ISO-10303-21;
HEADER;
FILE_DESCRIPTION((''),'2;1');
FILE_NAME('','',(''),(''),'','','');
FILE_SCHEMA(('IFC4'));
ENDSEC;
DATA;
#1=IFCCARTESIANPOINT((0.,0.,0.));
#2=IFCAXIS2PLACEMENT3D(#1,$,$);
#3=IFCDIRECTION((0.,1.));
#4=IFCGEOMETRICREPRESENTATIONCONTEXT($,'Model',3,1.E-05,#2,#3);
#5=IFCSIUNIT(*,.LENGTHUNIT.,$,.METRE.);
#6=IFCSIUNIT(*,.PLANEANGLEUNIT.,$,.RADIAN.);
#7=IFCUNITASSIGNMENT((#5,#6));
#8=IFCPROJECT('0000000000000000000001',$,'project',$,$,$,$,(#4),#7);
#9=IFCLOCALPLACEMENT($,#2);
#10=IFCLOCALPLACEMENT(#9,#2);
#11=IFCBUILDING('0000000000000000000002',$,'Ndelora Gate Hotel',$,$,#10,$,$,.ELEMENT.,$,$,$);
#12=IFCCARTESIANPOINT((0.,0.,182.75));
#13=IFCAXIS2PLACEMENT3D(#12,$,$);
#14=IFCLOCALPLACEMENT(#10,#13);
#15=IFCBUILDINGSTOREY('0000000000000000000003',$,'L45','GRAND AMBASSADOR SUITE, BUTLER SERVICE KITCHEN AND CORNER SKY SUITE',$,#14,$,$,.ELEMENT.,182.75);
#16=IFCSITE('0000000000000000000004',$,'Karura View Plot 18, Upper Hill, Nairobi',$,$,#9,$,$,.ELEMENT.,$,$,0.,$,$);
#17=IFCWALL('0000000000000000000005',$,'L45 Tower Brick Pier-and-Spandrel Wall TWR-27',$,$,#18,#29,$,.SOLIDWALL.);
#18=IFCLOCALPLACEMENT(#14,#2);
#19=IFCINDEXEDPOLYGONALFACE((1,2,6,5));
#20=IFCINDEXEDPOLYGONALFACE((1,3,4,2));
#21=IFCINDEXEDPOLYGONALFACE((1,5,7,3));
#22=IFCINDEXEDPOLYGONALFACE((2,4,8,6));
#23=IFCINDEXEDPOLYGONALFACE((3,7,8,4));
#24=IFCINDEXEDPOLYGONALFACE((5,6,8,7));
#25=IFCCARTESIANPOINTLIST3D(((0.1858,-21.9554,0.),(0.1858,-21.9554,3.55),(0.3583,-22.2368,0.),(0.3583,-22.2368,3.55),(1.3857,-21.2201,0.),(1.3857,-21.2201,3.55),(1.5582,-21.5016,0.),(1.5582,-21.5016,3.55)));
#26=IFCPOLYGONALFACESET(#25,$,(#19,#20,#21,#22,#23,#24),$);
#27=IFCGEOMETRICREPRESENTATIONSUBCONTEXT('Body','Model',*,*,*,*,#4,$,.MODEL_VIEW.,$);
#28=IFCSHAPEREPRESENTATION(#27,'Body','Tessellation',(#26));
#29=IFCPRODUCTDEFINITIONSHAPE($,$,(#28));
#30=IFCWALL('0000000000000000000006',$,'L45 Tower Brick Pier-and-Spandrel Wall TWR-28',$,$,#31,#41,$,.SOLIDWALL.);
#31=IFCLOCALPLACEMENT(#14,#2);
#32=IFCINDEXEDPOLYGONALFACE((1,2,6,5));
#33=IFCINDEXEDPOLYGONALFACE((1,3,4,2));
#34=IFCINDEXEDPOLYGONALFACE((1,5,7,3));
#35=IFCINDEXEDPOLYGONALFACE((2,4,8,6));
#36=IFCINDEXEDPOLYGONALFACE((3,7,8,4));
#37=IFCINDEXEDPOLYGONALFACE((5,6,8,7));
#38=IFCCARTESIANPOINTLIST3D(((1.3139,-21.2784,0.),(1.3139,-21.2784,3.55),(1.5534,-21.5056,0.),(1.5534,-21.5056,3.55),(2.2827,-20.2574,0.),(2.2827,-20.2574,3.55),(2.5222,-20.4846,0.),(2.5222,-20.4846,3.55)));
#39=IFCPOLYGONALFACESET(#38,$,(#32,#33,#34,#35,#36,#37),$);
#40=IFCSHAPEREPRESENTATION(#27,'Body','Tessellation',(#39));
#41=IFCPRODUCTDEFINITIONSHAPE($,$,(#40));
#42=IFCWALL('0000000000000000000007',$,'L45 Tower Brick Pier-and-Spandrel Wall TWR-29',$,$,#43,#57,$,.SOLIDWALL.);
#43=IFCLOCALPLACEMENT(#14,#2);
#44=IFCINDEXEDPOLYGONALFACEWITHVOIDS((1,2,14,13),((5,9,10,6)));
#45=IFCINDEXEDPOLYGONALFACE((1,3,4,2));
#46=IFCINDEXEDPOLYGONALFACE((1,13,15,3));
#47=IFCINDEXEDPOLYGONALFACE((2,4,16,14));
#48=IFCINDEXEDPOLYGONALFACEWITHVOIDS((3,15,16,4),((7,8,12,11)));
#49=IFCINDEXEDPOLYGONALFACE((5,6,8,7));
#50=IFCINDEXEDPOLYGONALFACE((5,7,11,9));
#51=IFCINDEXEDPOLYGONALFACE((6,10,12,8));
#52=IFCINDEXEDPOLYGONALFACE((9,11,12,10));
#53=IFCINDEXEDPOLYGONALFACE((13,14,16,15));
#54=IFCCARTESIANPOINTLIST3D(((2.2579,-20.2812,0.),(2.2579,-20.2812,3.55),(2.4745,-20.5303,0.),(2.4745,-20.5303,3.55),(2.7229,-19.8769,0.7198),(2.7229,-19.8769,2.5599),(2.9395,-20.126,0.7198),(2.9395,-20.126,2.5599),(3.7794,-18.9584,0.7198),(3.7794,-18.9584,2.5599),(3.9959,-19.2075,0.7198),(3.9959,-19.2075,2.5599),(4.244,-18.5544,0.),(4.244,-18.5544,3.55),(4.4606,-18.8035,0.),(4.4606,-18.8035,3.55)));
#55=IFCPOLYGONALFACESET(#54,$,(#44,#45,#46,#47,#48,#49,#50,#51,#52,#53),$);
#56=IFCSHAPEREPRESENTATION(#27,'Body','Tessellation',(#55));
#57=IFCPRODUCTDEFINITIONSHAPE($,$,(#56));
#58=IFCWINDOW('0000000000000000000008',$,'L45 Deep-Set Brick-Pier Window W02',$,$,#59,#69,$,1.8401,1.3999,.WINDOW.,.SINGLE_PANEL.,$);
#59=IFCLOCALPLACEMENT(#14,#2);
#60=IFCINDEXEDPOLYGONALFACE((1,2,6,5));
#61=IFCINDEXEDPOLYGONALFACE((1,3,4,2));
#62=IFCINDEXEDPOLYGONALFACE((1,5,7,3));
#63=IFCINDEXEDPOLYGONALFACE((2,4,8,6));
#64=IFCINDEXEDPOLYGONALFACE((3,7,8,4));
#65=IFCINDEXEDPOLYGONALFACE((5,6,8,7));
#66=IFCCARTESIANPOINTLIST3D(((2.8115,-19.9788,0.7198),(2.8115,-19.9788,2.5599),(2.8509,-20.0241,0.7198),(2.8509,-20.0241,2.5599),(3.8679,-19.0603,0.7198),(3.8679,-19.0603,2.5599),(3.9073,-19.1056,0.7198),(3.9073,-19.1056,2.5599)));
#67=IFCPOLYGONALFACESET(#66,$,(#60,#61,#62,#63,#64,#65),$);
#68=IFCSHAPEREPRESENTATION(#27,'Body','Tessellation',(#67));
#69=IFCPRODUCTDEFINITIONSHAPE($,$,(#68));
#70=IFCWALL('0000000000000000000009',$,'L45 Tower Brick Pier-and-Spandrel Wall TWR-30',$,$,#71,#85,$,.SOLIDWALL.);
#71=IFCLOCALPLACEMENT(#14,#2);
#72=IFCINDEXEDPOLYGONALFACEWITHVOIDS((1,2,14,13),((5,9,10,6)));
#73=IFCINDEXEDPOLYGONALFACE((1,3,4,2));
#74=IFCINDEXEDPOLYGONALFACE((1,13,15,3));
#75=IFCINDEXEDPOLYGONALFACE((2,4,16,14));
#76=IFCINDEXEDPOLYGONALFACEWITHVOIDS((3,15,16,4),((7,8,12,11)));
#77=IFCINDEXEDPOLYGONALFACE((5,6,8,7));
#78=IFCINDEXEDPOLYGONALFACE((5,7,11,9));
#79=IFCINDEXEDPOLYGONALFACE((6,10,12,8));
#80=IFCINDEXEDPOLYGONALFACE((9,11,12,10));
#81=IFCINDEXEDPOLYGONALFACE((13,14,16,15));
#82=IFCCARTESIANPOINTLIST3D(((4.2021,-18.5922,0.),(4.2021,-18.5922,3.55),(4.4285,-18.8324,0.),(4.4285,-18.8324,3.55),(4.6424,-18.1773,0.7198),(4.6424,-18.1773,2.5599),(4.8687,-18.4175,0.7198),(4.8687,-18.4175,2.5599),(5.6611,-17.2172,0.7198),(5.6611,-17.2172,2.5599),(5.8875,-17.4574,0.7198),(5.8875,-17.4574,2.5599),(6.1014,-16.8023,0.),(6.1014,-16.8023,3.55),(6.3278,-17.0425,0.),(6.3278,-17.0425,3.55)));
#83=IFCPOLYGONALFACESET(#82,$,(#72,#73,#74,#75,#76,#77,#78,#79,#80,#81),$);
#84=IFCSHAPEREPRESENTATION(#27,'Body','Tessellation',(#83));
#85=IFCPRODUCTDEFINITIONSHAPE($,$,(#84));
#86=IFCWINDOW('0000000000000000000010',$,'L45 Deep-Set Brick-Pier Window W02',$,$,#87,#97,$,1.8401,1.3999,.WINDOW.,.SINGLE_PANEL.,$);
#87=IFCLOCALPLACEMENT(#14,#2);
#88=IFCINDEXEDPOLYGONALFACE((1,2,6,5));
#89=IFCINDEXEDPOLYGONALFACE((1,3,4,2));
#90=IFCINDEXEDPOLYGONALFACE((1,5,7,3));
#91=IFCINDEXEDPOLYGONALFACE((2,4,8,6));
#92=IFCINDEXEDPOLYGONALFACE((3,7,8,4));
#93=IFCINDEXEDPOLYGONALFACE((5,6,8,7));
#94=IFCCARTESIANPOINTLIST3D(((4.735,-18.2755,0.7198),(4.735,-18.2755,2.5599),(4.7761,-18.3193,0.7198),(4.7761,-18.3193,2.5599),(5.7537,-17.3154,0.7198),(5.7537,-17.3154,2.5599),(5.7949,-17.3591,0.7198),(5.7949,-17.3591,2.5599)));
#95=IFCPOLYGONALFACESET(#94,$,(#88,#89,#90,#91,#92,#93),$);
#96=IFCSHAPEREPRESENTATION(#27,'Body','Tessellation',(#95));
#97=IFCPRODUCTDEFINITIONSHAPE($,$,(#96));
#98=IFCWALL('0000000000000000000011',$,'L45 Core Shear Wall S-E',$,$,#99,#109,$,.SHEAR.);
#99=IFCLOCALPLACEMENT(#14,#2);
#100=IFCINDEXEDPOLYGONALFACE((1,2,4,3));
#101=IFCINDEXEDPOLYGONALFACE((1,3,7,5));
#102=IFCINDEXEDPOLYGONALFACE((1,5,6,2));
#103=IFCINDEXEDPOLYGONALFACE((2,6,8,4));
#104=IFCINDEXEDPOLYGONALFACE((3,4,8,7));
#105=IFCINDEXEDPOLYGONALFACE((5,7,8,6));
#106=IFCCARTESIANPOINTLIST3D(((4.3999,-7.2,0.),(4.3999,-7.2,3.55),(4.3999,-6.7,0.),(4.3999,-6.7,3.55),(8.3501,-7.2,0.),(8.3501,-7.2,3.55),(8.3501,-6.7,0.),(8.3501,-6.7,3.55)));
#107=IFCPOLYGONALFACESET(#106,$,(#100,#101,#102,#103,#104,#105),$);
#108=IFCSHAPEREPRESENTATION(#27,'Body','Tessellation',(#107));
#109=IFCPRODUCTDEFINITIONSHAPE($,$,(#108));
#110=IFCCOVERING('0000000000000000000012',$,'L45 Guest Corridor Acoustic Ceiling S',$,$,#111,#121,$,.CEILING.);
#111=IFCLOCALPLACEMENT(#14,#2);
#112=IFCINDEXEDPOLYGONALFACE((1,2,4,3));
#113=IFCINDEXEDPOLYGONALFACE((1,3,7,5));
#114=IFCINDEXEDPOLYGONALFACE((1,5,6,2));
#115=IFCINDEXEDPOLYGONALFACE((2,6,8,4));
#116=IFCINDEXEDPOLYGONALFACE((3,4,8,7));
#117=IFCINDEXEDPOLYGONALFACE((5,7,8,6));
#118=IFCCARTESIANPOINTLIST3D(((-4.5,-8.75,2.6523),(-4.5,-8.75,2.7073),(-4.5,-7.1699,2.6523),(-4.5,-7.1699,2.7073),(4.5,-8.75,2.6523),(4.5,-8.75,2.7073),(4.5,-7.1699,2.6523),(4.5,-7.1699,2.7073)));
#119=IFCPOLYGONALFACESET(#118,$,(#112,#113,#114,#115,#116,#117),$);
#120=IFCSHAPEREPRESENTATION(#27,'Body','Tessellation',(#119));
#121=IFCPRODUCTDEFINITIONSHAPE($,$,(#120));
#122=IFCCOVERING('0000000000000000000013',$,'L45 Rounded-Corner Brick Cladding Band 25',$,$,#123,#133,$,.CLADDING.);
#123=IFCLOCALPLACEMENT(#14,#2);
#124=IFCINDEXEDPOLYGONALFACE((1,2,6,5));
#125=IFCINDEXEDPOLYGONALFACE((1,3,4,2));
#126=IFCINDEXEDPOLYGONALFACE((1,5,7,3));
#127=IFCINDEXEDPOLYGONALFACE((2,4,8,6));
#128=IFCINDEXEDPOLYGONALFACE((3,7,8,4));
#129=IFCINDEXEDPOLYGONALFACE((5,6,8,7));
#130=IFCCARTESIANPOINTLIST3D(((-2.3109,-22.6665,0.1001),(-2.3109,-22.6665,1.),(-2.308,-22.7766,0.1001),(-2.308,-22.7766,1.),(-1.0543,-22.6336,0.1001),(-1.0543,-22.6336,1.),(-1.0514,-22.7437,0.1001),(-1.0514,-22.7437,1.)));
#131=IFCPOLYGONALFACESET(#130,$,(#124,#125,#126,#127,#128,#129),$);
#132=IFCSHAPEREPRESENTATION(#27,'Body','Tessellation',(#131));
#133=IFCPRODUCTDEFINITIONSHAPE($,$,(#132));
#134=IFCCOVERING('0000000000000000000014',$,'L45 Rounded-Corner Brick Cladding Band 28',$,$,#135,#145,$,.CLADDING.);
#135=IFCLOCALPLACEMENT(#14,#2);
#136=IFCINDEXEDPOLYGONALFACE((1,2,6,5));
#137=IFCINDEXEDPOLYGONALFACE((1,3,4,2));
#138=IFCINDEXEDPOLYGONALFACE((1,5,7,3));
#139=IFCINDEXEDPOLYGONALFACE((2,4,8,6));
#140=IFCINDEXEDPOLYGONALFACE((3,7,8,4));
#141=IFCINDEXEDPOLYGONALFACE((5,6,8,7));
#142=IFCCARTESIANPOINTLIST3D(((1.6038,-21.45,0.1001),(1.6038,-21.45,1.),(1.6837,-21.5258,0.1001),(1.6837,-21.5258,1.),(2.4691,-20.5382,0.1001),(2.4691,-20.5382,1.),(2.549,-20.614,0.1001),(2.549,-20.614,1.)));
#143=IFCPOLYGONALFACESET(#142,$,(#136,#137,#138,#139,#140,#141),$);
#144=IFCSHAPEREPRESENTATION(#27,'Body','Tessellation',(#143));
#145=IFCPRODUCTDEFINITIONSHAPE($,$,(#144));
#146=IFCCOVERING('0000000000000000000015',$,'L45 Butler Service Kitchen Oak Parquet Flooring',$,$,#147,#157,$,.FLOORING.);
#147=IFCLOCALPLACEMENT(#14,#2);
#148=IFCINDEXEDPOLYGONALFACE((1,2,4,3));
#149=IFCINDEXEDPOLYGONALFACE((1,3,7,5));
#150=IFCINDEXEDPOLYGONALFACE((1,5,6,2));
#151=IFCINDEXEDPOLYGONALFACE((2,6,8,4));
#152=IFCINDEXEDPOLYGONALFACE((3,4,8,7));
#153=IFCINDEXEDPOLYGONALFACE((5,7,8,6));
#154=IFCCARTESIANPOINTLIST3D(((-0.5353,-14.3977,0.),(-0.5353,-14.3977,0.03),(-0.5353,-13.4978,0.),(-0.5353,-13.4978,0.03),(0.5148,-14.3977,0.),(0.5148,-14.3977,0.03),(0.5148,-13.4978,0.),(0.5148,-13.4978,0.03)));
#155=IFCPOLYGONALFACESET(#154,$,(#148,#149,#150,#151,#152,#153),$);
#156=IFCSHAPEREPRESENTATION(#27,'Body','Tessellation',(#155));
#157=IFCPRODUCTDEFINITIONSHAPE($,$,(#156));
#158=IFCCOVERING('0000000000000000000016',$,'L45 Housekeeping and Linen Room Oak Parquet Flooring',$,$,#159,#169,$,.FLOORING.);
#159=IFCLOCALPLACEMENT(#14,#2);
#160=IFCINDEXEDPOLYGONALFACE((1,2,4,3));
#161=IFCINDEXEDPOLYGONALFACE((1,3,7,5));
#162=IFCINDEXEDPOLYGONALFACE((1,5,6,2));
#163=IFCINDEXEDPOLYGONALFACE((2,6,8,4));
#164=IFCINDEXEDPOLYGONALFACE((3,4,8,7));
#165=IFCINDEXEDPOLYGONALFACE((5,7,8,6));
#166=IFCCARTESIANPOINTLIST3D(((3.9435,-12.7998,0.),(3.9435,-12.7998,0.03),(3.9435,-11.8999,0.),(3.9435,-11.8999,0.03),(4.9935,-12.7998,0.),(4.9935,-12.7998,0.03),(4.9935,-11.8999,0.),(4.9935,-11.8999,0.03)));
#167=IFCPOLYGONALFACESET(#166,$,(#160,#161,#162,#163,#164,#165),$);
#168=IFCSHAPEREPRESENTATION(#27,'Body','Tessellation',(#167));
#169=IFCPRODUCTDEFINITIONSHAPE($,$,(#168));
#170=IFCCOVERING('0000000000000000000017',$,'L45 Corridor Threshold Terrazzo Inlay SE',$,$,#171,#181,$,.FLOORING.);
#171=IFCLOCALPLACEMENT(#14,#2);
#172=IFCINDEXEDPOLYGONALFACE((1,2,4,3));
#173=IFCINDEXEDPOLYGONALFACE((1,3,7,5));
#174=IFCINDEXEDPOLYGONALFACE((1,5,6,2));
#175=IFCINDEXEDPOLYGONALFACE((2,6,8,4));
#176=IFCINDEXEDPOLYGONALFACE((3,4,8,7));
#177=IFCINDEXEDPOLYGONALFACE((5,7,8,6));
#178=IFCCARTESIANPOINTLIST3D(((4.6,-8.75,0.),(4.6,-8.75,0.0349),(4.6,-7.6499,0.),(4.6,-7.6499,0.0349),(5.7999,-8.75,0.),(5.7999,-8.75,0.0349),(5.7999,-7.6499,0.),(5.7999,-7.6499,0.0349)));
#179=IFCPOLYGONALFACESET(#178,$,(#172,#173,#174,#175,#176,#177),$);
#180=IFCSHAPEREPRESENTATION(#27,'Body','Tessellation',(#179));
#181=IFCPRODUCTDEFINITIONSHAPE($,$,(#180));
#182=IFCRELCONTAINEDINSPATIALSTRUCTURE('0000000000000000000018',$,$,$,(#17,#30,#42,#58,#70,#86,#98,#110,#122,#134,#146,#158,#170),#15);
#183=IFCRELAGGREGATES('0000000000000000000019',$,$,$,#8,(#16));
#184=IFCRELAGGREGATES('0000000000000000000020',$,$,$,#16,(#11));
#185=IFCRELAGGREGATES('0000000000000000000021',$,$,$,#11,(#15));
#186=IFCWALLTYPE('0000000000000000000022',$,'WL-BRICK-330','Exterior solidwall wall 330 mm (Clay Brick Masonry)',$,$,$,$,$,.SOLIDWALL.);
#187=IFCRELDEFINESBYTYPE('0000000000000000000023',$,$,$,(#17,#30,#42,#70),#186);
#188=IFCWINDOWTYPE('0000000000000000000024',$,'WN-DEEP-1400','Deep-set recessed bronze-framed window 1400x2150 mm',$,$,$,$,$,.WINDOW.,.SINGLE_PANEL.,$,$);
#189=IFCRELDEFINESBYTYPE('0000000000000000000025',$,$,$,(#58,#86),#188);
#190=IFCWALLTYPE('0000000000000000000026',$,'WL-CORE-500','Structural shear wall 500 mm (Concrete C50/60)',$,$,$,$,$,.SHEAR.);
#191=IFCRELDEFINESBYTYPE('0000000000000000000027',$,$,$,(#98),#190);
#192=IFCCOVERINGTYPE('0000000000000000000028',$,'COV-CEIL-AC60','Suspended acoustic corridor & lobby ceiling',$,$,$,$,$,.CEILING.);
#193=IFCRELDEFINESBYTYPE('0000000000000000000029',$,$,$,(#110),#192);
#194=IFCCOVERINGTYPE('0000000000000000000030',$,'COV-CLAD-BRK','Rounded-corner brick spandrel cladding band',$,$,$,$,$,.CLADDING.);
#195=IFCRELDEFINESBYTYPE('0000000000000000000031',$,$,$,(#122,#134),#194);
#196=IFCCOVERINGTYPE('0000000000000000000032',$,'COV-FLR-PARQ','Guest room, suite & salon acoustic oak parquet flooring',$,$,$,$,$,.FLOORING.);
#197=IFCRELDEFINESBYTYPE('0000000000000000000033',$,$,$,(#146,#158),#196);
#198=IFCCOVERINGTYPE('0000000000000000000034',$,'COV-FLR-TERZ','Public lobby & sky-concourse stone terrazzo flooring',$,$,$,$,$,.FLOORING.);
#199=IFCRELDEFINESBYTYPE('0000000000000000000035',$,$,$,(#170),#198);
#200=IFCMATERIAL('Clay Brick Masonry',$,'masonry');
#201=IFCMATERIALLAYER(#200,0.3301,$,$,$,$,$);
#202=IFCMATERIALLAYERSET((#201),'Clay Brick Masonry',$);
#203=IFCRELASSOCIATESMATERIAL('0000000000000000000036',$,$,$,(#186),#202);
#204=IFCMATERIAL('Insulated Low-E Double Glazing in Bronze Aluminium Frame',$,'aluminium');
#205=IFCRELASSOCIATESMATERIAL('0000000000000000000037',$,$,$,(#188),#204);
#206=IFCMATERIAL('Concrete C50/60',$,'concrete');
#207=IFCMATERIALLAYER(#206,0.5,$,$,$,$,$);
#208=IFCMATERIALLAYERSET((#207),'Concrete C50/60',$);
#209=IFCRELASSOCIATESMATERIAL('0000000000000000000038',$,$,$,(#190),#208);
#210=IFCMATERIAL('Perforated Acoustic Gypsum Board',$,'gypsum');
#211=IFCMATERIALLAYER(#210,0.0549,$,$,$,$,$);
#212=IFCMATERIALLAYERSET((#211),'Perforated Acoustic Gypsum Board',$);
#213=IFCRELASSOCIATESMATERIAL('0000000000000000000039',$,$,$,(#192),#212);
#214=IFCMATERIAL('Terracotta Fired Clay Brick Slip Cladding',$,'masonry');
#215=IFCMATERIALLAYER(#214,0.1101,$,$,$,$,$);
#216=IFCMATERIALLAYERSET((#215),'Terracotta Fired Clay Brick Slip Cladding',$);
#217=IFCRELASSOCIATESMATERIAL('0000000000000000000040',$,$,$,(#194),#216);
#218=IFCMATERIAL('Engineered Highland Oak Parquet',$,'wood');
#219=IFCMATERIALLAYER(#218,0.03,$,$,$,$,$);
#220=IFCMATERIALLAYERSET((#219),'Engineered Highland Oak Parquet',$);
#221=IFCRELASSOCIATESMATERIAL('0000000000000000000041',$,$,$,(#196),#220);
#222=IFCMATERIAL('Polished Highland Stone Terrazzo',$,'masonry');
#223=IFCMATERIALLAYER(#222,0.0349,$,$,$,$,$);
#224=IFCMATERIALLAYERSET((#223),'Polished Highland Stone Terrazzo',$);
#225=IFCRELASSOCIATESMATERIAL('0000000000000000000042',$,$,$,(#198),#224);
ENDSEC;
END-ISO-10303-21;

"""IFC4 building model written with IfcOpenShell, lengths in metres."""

from ifc_helpers import new_model, si_unit, direction, frame, frame_2d, origin, origin_2d, place, context, subcontext, project, spatial, rectangle, extrude, material, layer, layer_set, type_object, element, fill, save


model = new_model("IFC4")

# Units and contexts
model_context = context("Model", 3, precision=1e-05, world=origin(), true_north=direction((0.0, 1.0)))
body_context = subcontext(model_context, "Body", "Model", "MODEL_VIEW")
ifc_project = project(units=[si_unit("LENGTHUNIT", "METRE"), si_unit("PLANEANGLEUNIT", "RADIAN")], contexts=[model_context])

# Site, building, storey
site_placement = place(None, origin())
site = spatial("IfcSite", under=ifc_project, at=site_placement, Name="Karura View Plot 18, Upper Hill, Nairobi", CompositionType="ELEMENT", RefElevation=0.0)
building_placement = place(site_placement, origin())
building = spatial("IfcBuilding", under=site, at=building_placement, Name="Ndelora Gate Hotel", CompositionType="ELEMENT")
storey_placement = place(building_placement, frame((0.0, 0.0, 182.75)))
storey = spatial("IfcBuildingStorey", under=building, at=storey_placement, Name="L45", Description="GRAND AMBASSADOR SUITE, BUTLER SERVICE KITCHEN AND CORNER SKY SUITE", CompositionType="ELEMENT", Elevation=182.75)

# Shared definitions
ifc_material_1 = material(Name="Concrete C50/60", Category="concrete")

# Walls
ifc_material_2 = material(Name="Clay Brick Masonry", Category="masonry")
ifc_layer_1 = layer(ifc_material_2, 0.3301)
ifc_layer_set_1 = layer_set([ifc_layer_1], Name="Clay Brick Masonry")
wall_type_1 = type_object("IfcWallType", Name="WL-BRICK-330", Description="Exterior solidwall wall 330 mm (Clay Brick Masonry)", PredefinedType="SOLIDWALL", material=ifc_layer_set_1)
wall_1_placement = place(storey_placement, frame((1.4719, -21.3608, 0.0), z_axis=(0.0, 0.0, 1.0), x_axis=(-0.852634, -0.522509, 0.0)))
element("IfcWall", 1, at=wall_1_placement, inside=storey, type_object=wall_type_1, Name="L45 Tower Brick Pier-and-Spandrel Wall TWR-27", PredefinedType="SOLIDWALL", context=body_context, shape_type="SweptSolid", body=[
    extrude(rectangle(XDim=1.4072, YDim=0.3301, at=frame_2d((0.7036, 0.0))), origin(), (0.0, 0.0, 1.0), 3.55),
])
wall_2_placement = place(storey_placement, frame((2.4023, -20.3711, 0.0), z_axis=(0.0, 0.0, 1.0), x_axis=(-0.688303, -0.725424, 0.0)))
element("IfcWall", 2, at=wall_2_placement, inside=storey, type_object=wall_type_1, Name="L45 Tower Brick Pier-and-Spandrel Wall TWR-28", PredefinedType="SOLIDWALL", context=body_context, shape_type="SweptSolid", body=[
    extrude(rectangle(XDim=1.4075, YDim=0.3301, at=frame_2d((0.7036, 0.0))), origin(), (0.0, 0.0, 1.0), 3.55),
])

# Walls, openings, windows
wall_3_placement = place(storey_placement, frame((4.3523, -18.679, 0.0), z_axis=(0.0, 0.0, 1.0), x_axis=(-0.754647, -0.65613, 0.0)))
wall_3 = element("IfcWall", 3, at=wall_3_placement, inside=storey, type_object=wall_type_1, Name="L45 Tower Brick Pier-and-Spandrel Wall TWR-29", PredefinedType="SOLIDWALL", context=body_context, shape_type="SweptSolid", body=[
    extrude(rectangle(XDim=2.6318, YDim=0.3301, at=frame_2d((1.3159, 0.0))), origin(), (0.0, 0.0, 1.0), 3.55),
])
opening_1_placement = place(wall_3_placement, frame((0.6157, 0.0, 0.72)))
opening_1 = element("IfcOpeningElement", 4, at=opening_1_placement, cuts=wall_3, PredefinedType="OPENING", context=body_context, shape_type="SweptSolid", body=[
    extrude(rectangle(XDim=1.3999, YDim=1.8401, at=frame_2d((0.7, 0.9199))), frame((0.0, 0.175, 0.0), z_axis=(0.0, -1.0, 0.0), x_axis=(1.0, 0.0, 0.0)), (0.0, 0.0, 1.0), 0.3501),
])
ifc_material_3 = material(Name="Insulated Low-E Double Glazing in Bronze Aluminium Frame", Category="aluminium")
window_type = type_object("IfcWindowType", Name="WN-DEEP-1400", Description="Deep-set recessed bronze-framed window 1400x2150 mm", PartitioningType="SINGLE_PANEL", PredefinedType="WINDOW", material=ifc_material_3)
window_1_placement = place(opening_1_placement, origin())
window_1 = element("IfcWindow", 5, at=window_1_placement, inside=storey, type_object=window_type, Name="L45 Deep-Set Brick-Pier Window W02", OverallHeight=1.8401, OverallWidth=1.3999, PartitioningType="SINGLE_PANEL", PredefinedType="WINDOW", context=body_context, shape_type="SweptSolid", body=[
    extrude(rectangle(XDim=1.3999, YDim=1.8401, at=frame_2d((0.7, 0.9199))), frame((0.0, 0.03, 0.0), z_axis=(0.0, -1.0, 0.0), x_axis=(1.0, 0.0, 0.0)), (0.0, 0.0, 1.0), 0.0601),
])
fill(opening_1, window_1)
wall_4_placement = place(storey_placement, frame((6.2146, -16.9224, 0.0), z_axis=(0.0, 0.0, 1.0), x_axis=(-0.727749, -0.685843, 0.0)))
wall_4 = element("IfcWall", 6, at=wall_4_placement, inside=storey, type_object=wall_type_1, Name="L45 Tower Brick Pier-and-Spandrel Wall TWR-30", PredefinedType="SOLIDWALL", context=body_context, shape_type="SweptSolid", body=[
    extrude(rectangle(XDim=2.6099, YDim=0.3301, at=frame_2d((1.3049, 0.0))), origin(), (0.0, 0.0, 1.0), 3.55),
])
opening_2_placement = place(wall_4_placement, frame((0.605, 0.0, 0.72)))
opening_2 = element("IfcOpeningElement", 7, at=opening_2_placement, cuts=wall_4, PredefinedType="OPENING", context=body_context, shape_type="SweptSolid", body=[
    extrude(rectangle(XDim=1.3999, YDim=1.8401, at=frame_2d((0.7, 0.9199))), frame((0.0, 0.175, 0.0), z_axis=(0.0, -1.0, 0.0), x_axis=(1.0, 0.0, 0.0)), (0.0, 0.0, 1.0), 0.3501),
])
window_2_placement = place(opening_2_placement, origin())
window_2 = element("IfcWindow", 8, at=window_2_placement, inside=storey, type_object=window_type, Name="L45 Deep-Set Brick-Pier Window W02", OverallHeight=1.8401, OverallWidth=1.3999, PartitioningType="SINGLE_PANEL", PredefinedType="WINDOW", context=body_context, shape_type="SweptSolid", body=[
    extrude(rectangle(XDim=1.3999, YDim=1.8401, at=frame_2d((0.7, 0.9199))), frame((0.0, 0.03, 0.0), z_axis=(0.0, -1.0, 0.0), x_axis=(1.0, 0.0, 0.0)), (0.0, 0.0, 1.0), 0.0601),
])
fill(opening_2, window_2)

# Wall
ifc_layer_2 = layer(ifc_material_1, 0.5)
ifc_layer_set_2 = layer_set([ifc_layer_2], Name="Concrete C50/60")
wall_type_2 = type_object("IfcWallType", Name="WL-CORE-500", Description="Structural shear wall 500 mm (Concrete C50/60)", PredefinedType="SHEAR", material=ifc_layer_set_2)
wall_5_placement = place(storey_placement, frame((4.3999, -6.95, 0.0), z_axis=(0.0, 0.0, 1.0), x_axis=(1.0, 0.0, 0.0)))
element("IfcWall", 9, at=wall_5_placement, inside=storey, type_object=wall_type_2, Name="L45 Core Shear Wall S-E", PredefinedType="SHEAR", context=body_context, shape_type="SweptSolid", body=[
    extrude(rectangle(XDim=3.9502, YDim=0.5, at=frame_2d((1.9751, 0.0))), origin(), (0.0, 0.0, 1.0), 3.55),
])

# Coverings
ifc_material_4 = material(Name="Perforated Acoustic Gypsum Board", Category="gypsum")
ifc_layer_3 = layer(ifc_material_4, 0.0549)
ifc_layer_set_3 = layer_set([ifc_layer_3], Name="Perforated Acoustic Gypsum Board")
covering_type_1 = type_object("IfcCoveringType", Name="COV-CEIL-AC60", Description="Suspended acoustic corridor & lobby ceiling", PredefinedType="CEILING", material=ifc_layer_set_3)
covering_1_placement = place(storey_placement, frame((0.0, -7.96, 2.6523), z_axis=(0.0, 0.0, 1.0), x_axis=(1.0, 0.0, 0.0)))
element("IfcCovering", 10, at=covering_1_placement, inside=storey, type_object=covering_type_1, Name="L45 Guest Corridor Acoustic Ceiling S", PredefinedType="CEILING", context=body_context, shape_type="SweptSolid", body=[
    extrude(rectangle(XDim=9.0, YDim=1.5801, at=origin_2d()), origin(), (0.0, 0.0, 1.0), 0.0549),
])
ifc_material_5 = material(Name="Terracotta Fired Clay Brick Slip Cladding", Category="masonry")
ifc_layer_4 = layer(ifc_material_5, 0.1101)
ifc_layer_set_4 = layer_set([ifc_layer_4], Name="Terracotta Fired Clay Brick Slip Cladding")
covering_type_2 = type_object("IfcCoveringType", Name="COV-CLAD-BRK", Description="Rounded-corner brick spandrel cladding band", PredefinedType="CLADDING", material=ifc_layer_set_4)
for number, where, z_axis, x_axis, name in (
    (11, (-1.6812, -22.7051, 0.1001), (0.0, 0.0, 1.0), (0.999657, 0.026177, 0.0), "L45 Rounded-Corner Brick Cladding Band 25"),
    (12, (2.0764, -21.032, 0.1001), (0.0, 0.0, 1.0), (0.688355, 0.725374, 0.0), "L45 Rounded-Corner Brick Cladding Band 28"),
):
    element("IfcCovering", number, at=place(storey_placement, frame(where, z_axis=z_axis, x_axis=x_axis)), inside=storey, type_object=covering_type_2, Name=name, PredefinedType="CLADDING", context=body_context, shape_type="SweptSolid", body=[
        extrude(rectangle(XDim=1.2571, YDim=0.1101, at=origin_2d()), origin(), (0.0, 0.0, 1.0), 0.8999),
    ])
ifc_material_6 = material(Name="Engineered Highland Oak Parquet", Category="wood")
ifc_layer_5 = layer(ifc_material_6, 0.03)
ifc_layer_set_5 = layer_set([ifc_layer_5], Name="Engineered Highland Oak Parquet")
covering_type_3 = type_object("IfcCoveringType", Name="COV-FLR-PARQ", Description="Guest room, suite & salon acoustic oak parquet flooring", PredefinedType="FLOORING", material=ifc_layer_set_5)
for number, where, z_axis, x_axis, name in (
    (13, (-0.0103, -13.9478, 0.0), (0.0, 0.0, 1.0), (1.0, 0.0, 0.0), "L45 Butler Service Kitchen Oak Parquet Flooring"),
    (14, (4.4685, -12.3499, 0.0), (0.0, 0.0, 1.0), (1.0, 0.0, 0.0), "L45 Housekeeping and Linen Room Oak Parquet Flooring"),
):
    element("IfcCovering", number, at=place(storey_placement, frame(where, z_axis=z_axis, x_axis=x_axis)), inside=storey, type_object=covering_type_3, Name=name, PredefinedType="FLOORING", context=body_context, shape_type="SweptSolid", body=[
        extrude(rectangle(XDim=1.05, YDim=0.8999, at=origin_2d()), origin(), (0.0, 0.0, 1.0), 0.03),
    ])
ifc_material_7 = material(Name="Polished Highland Stone Terrazzo", Category="masonry")
ifc_layer_6 = layer(ifc_material_7, 0.0349)
ifc_layer_set_6 = layer_set([ifc_layer_6], Name="Polished Highland Stone Terrazzo")
covering_type_4 = type_object("IfcCoveringType", Name="COV-FLR-TERZ", Description="Public lobby & sky-concourse stone terrazzo flooring", PredefinedType="FLOORING", material=ifc_layer_set_6)
covering_2_placement = place(storey_placement, frame((5.2, -8.2, 0.0), z_axis=(0.0, 0.0, 1.0), x_axis=(1.0, 0.0, 0.0)))
element("IfcCovering", 15, at=covering_2_placement, inside=storey, type_object=covering_type_4, Name="L45 Corridor Threshold Terrazzo Inlay SE", PredefinedType="FLOORING", context=body_context, shape_type="SweptSolid", body=[
    extrude(rectangle(XDim=1.2, YDim=1.1001, at=origin_2d()), origin(), (0.0, 0.0, 1.0), 0.0349),
])

save(model, "model.ifc")
